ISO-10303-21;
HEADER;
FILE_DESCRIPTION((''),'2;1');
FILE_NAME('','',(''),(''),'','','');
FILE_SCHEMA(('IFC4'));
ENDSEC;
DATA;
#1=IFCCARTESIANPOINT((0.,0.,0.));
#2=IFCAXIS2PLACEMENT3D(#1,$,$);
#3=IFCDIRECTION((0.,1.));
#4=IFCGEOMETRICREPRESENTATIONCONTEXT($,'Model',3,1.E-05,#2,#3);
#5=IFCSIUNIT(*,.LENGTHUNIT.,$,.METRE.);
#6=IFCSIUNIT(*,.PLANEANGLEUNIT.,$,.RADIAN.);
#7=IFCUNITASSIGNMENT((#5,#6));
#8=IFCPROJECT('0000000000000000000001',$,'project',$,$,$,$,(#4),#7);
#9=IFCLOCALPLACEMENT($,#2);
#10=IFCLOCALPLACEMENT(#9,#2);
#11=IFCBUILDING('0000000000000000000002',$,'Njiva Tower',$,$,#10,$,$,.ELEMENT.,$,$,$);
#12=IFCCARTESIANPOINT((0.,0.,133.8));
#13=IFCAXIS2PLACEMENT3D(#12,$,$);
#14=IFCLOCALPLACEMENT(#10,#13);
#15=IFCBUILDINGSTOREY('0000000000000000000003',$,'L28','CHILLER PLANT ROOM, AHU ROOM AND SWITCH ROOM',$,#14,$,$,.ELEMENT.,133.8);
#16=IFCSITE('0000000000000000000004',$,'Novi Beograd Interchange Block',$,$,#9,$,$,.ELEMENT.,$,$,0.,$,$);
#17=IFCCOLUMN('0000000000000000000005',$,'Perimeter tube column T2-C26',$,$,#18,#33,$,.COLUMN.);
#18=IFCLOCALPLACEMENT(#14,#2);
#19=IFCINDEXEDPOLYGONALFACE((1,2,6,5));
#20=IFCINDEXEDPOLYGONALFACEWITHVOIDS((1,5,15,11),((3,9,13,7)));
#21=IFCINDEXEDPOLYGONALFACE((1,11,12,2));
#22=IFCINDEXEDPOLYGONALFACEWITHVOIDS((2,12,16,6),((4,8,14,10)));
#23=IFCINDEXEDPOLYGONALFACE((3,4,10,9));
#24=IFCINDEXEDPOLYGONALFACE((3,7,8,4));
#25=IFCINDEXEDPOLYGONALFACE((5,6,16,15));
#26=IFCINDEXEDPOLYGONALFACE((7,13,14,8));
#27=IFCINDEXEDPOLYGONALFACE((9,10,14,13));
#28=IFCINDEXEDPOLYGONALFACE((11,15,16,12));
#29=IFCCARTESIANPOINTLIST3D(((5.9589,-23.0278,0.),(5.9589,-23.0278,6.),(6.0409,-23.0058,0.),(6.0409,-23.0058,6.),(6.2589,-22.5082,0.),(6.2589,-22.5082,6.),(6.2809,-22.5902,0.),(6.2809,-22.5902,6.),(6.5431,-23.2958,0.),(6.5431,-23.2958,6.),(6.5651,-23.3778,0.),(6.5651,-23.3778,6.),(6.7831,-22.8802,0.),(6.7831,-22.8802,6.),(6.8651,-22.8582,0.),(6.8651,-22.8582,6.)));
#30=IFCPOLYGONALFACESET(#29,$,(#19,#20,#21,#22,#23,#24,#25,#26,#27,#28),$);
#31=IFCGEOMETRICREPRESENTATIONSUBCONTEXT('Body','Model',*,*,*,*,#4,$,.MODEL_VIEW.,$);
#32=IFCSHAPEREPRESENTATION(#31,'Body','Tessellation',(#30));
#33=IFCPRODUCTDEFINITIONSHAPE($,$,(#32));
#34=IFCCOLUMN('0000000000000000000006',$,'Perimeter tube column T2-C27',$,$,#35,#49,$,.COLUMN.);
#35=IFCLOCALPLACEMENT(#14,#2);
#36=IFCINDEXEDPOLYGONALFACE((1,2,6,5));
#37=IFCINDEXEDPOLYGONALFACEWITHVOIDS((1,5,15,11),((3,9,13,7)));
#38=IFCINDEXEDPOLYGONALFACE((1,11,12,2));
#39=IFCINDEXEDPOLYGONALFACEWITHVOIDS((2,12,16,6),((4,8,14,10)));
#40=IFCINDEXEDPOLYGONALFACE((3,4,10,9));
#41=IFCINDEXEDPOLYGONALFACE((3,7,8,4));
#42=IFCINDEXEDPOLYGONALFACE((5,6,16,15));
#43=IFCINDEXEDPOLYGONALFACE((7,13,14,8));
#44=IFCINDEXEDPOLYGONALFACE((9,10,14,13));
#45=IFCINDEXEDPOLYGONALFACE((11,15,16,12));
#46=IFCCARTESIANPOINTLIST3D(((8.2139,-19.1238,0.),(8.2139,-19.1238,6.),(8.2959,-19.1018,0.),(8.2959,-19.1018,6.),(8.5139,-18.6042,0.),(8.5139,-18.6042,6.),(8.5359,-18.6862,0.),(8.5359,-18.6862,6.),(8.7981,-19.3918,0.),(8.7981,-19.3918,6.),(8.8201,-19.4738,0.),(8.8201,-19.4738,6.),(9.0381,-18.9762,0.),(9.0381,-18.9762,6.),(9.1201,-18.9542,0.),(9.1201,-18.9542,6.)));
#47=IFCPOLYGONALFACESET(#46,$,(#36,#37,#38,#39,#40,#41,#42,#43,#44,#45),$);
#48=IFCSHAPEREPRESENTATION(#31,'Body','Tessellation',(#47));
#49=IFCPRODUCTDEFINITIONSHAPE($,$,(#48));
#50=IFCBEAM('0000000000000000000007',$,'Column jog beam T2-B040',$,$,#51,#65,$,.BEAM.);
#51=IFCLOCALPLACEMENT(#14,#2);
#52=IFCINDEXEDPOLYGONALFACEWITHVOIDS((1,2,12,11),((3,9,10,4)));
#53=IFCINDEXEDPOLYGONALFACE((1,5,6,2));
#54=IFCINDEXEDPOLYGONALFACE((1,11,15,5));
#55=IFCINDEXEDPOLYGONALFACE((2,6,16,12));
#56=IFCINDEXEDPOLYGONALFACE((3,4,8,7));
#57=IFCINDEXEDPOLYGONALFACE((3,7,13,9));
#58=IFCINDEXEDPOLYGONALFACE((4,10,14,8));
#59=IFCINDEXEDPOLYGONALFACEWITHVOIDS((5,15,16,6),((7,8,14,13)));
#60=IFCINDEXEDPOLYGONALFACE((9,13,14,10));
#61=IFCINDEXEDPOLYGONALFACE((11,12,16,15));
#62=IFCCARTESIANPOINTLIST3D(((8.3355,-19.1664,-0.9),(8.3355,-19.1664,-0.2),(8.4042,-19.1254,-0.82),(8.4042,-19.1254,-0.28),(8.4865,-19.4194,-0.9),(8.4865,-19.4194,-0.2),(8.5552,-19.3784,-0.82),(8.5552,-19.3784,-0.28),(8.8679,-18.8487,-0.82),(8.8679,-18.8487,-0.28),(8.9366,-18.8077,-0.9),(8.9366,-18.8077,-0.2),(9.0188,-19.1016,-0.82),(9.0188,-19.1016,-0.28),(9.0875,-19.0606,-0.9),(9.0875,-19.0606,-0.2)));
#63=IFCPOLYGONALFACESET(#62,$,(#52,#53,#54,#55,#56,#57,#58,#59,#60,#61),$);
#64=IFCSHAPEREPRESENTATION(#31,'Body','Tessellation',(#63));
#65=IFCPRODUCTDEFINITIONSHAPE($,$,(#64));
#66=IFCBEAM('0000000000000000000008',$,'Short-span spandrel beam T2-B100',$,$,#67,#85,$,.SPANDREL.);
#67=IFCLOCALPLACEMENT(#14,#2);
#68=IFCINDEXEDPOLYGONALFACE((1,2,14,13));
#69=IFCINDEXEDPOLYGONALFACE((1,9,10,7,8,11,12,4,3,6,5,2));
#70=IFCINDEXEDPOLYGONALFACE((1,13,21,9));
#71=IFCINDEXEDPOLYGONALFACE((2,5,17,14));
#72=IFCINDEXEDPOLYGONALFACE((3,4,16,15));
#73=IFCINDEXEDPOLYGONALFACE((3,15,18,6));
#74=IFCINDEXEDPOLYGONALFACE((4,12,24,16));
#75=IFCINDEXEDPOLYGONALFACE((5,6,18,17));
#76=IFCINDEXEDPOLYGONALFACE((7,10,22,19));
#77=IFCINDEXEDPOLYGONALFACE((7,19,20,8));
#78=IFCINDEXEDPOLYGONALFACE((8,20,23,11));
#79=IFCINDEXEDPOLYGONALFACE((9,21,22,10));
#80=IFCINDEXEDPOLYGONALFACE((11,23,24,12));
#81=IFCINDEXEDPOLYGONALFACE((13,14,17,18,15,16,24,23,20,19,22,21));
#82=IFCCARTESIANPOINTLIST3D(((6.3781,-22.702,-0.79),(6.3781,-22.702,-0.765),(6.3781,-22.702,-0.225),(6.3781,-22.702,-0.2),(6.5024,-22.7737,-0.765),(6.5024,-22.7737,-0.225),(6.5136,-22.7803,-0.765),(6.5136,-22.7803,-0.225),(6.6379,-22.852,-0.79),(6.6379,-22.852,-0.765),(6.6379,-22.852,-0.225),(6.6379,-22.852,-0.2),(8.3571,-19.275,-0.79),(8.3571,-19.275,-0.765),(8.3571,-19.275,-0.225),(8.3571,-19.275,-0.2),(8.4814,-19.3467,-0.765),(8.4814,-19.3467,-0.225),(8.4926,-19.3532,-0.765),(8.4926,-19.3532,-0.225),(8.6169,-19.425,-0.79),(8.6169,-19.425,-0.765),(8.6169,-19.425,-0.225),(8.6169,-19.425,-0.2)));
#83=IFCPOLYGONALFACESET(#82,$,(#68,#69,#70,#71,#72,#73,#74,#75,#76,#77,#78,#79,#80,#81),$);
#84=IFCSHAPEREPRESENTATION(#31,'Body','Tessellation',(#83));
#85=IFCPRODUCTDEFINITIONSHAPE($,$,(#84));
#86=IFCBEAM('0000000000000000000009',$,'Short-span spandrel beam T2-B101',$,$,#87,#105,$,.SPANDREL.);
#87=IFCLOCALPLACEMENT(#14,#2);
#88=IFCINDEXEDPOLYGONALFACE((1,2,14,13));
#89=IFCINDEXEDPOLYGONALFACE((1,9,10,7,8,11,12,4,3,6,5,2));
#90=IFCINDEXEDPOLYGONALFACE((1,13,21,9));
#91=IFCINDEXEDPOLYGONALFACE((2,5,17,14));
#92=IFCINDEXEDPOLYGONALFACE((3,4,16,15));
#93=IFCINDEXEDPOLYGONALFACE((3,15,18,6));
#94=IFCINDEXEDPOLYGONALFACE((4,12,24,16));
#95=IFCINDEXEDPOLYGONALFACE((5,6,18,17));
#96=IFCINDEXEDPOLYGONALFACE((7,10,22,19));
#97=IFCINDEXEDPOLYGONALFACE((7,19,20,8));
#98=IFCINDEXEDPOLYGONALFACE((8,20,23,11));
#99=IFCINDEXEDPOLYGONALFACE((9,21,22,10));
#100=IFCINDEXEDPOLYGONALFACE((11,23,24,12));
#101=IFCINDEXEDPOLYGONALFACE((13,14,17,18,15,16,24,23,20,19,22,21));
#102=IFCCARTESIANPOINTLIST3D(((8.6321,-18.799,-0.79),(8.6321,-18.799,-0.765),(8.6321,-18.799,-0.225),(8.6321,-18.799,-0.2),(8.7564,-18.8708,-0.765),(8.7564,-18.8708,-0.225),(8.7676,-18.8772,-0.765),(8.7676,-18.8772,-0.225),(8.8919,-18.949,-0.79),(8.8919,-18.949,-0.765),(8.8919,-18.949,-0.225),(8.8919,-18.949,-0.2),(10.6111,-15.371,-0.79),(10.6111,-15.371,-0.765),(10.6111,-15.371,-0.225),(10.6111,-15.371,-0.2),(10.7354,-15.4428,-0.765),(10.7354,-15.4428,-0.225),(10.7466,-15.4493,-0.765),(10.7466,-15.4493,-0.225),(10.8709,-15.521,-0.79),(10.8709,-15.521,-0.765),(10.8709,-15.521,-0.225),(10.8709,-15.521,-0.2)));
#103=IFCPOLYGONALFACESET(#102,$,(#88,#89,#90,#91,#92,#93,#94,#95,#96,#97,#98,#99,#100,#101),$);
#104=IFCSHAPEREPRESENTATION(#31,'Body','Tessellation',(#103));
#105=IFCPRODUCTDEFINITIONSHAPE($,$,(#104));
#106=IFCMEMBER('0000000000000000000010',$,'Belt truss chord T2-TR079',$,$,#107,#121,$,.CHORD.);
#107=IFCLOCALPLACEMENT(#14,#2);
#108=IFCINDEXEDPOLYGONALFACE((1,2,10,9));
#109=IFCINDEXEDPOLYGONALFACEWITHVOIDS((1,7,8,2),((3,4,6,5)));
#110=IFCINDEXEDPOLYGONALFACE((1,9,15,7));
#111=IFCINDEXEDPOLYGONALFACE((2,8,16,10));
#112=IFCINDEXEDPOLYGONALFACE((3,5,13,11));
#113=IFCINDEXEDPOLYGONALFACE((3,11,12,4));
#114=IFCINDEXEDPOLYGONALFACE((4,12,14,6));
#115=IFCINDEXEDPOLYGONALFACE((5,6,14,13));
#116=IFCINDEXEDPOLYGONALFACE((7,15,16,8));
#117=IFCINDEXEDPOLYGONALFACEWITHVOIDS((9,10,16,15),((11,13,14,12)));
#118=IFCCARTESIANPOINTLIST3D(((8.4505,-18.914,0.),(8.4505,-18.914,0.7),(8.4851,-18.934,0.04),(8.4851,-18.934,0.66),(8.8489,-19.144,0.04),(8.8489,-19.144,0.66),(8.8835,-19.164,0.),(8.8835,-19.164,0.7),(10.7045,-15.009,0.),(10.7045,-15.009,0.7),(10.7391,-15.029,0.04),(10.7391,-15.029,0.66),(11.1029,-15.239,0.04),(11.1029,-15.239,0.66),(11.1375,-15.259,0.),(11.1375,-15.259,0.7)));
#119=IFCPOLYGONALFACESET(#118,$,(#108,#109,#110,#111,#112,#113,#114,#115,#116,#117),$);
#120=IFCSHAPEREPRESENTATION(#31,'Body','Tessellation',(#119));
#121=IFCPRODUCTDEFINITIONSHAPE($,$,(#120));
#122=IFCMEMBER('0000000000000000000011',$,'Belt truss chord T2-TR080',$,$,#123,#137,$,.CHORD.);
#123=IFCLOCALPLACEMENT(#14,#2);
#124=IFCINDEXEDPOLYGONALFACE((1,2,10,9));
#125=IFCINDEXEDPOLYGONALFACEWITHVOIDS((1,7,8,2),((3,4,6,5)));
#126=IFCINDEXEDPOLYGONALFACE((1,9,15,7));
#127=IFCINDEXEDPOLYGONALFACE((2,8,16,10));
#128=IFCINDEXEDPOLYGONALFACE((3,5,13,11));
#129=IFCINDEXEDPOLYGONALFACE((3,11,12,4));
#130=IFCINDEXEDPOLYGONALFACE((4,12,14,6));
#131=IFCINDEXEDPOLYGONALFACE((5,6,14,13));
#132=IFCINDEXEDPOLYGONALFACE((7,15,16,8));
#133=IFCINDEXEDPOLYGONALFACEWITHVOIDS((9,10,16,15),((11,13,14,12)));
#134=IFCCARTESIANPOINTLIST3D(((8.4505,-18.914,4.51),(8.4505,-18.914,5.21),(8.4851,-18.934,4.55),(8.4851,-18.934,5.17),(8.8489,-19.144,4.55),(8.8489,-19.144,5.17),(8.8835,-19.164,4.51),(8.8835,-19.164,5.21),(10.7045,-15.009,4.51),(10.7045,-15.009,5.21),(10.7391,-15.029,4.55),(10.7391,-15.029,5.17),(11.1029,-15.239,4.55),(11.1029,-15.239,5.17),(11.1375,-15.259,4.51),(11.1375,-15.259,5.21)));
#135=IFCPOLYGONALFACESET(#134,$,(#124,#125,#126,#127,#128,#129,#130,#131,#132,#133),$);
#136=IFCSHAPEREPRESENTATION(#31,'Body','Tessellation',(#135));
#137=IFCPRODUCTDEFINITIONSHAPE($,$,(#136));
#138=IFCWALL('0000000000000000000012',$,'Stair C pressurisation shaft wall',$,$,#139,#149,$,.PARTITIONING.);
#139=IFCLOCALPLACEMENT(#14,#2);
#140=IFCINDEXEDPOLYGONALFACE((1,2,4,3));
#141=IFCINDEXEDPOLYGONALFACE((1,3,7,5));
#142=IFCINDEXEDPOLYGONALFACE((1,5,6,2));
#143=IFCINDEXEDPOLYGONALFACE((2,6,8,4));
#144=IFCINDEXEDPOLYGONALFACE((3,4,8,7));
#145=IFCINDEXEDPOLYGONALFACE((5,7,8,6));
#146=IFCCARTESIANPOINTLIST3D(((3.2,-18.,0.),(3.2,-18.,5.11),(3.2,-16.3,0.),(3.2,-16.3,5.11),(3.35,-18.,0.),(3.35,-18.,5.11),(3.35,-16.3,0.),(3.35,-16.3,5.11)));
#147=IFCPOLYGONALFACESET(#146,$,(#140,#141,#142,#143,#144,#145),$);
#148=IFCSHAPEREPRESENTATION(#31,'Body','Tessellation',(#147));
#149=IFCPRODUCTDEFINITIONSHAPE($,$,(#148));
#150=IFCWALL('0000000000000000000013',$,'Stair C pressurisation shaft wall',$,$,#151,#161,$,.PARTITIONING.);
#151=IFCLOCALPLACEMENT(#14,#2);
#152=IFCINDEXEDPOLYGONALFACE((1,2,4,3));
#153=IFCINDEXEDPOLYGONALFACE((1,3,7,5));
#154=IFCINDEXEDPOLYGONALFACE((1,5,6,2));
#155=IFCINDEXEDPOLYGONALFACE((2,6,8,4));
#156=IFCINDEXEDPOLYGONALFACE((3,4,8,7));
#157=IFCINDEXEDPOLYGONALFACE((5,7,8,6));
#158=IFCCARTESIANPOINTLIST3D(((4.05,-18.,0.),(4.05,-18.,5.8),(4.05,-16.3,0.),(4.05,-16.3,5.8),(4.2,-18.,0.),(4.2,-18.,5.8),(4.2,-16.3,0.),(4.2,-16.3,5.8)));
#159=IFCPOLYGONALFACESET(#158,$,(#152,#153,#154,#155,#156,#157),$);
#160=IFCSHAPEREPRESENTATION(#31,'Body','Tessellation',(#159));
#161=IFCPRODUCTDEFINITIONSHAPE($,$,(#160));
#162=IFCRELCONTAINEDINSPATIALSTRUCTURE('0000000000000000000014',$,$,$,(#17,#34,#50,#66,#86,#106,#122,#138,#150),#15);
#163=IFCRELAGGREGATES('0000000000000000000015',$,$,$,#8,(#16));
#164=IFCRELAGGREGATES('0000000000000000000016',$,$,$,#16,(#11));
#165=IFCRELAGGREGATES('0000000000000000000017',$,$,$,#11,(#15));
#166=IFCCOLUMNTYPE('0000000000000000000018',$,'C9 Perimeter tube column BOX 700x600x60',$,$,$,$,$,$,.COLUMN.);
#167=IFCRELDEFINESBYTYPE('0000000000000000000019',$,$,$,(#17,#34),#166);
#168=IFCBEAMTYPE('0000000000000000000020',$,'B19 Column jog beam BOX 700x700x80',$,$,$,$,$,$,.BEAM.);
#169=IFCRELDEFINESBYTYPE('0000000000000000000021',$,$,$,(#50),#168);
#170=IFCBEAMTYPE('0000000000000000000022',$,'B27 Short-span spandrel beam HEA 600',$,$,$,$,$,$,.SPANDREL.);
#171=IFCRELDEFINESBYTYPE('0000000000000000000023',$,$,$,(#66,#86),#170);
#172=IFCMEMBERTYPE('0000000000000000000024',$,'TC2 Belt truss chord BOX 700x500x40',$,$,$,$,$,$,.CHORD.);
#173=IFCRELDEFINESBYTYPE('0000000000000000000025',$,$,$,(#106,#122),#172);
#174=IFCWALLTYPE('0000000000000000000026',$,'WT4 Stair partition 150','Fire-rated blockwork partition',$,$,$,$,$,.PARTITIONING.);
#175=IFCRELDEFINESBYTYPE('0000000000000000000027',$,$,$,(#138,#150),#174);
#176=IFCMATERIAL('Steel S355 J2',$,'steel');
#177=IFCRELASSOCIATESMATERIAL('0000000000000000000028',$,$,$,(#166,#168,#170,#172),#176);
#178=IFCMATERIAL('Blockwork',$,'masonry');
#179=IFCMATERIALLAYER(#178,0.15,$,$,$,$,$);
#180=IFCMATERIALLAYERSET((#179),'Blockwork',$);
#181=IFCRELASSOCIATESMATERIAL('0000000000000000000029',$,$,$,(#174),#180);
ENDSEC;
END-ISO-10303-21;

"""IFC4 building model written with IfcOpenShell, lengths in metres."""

from ifc_helpers import new_model, si_unit, direction, frame, frame_2d, origin, origin_2d, place, context, subcontext, project, spatial, rectangle, hollow_rectangle, i_section, extrude, material, layer, layer_set, material_profile, profile_set, type_object, element, save


model = new_model("IFC4")

# Units and contexts
model_context = context("Model", 3, precision=1e-05, world=origin(), true_north=direction((0.0, 1.0)))
body_context = subcontext(model_context, "Body", "Model", "MODEL_VIEW")
ifc_project = project(units=[si_unit("LENGTHUNIT", "METRE"), si_unit("PLANEANGLEUNIT", "RADIAN")], contexts=[model_context])

# Site, building, storey
site_placement = place(None, origin())
site = spatial("IfcSite", under=ifc_project, at=site_placement, Name="Novi Beograd Interchange Block", CompositionType="ELEMENT", RefElevation=0.0)
building_placement = place(site_placement, origin())
building = spatial("IfcBuilding", under=site, at=building_placement, Name="Njiva Tower", CompositionType="ELEMENT")
storey_placement = place(building_placement, frame((0.0, 0.0, 133.8)))
storey = spatial("IfcBuildingStorey", under=building, at=storey_placement, Name="L28", Description="CHILLER PLANT ROOM, AHU ROOM AND SWITCH ROOM", CompositionType="ELEMENT", Elevation=133.8)

# Columns
ifc_material_1 = material(Name="Steel S355 J2", Category="steel")
ifc_material_profile_1 = material_profile(ifc_material_1, hollow_rectangle(XDim=0.6, YDim=0.7, WallThickness=0.06, at=origin_2d()), Name="BOX 700x600x60")
ifc_profile_set_1 = profile_set([ifc_material_profile_1], Name="Steel S355 J2")
column_type = type_object("IfcColumnType", Name="C9 Perimeter tube column BOX 700x600x60", PredefinedType="COLUMN", material=ifc_profile_set_1)
for number, where, z_axis, x_axis, name in (
    (1, (6.412, -22.943, 0.0), (0.0, 0.0, 1.0), (0.5, 0.866025, 0.0), "Perimeter tube column T2-C26"),
    (2, (8.667, -19.039, 0.0), (0.0, 0.0, 1.0), (0.5, 0.866025, 0.0), "Perimeter tube column T2-C27"),
):
    element("IfcColumn", number, at=place(storey_placement, frame(where, z_axis=z_axis, x_axis=x_axis)), inside=storey, type_object=column_type, Name=name, PredefinedType="COLUMN", context=body_context, shape_type="SweptSolid", body=[
        extrude(hollow_rectangle(XDim=0.6, YDim=0.7, WallThickness=0.06, at=origin_2d()), origin(), (0.0, 0.0, 1.0), 6.0),
    ])

# Beams
ifc_material_profile_2 = material_profile(ifc_material_1, hollow_rectangle(XDim=0.7, YDim=0.7, WallThickness=0.08, at=origin_2d()), Name="BOX 700x700x80")
ifc_profile_set_2 = profile_set([ifc_material_profile_2], Name="Steel S355 J2")
beam_type_1 = type_object("IfcBeamType", Name="B19 Column jog beam BOX 700x700x80", PredefinedType="BEAM", material=ifc_profile_set_2)
beam_1_placement = place(storey_placement, frame((8.787, -19.24, -0.55), z_axis=(-0.512498, 0.858688, 0.0), x_axis=(-0.858688, -0.512498, 0.0)))
element("IfcBeam", 3, at=beam_1_placement, inside=storey, type_object=beam_type_1, Name="Column jog beam T2-B040", PredefinedType="BEAM", context=body_context, shape_type="SweptSolid", body=[
    extrude(hollow_rectangle(XDim=0.7, YDim=0.7, WallThickness=0.08, at=origin_2d()), origin(), (0.0, 0.0, 1.0), 0.2946),
])
ifc_material_profile_3 = material_profile(ifc_material_1, i_section(OverallWidth=0.3, OverallDepth=0.59, WebThickness=0.013, FlangeThickness=0.025, at=origin_2d()), Name="HEA 600")
ifc_profile_set_3 = profile_set([ifc_material_profile_3], Name="Steel S355 J2")
beam_type_2 = type_object("IfcBeamType", Name="B27 Short-span spandrel beam HEA 600", PredefinedType="SPANDREL", material=ifc_profile_set_3)
beam_2_placement = place(storey_placement, frame((6.508, -22.777, -0.495), z_axis=(0.50008, 0.865979, 0.0), x_axis=(-0.865979, 0.50008, 0.0)))
element("IfcBeam", 4, at=beam_2_placement, inside=storey, type_object=beam_type_2, Name="Short-span spandrel beam T2-B100", PredefinedType="SPANDREL", context=body_context, shape_type="SweptSolid", body=[
    extrude(i_section(OverallWidth=0.3, OverallDepth=0.59, WebThickness=0.013, FlangeThickness=0.025, at=origin_2d()), origin(), (0.0, 0.0, 1.0), 3.9574),
])
beam_3_placement = place(storey_placement, frame((8.762, -18.874, -0.495), z_axis=(0.49997, 0.866043, 0.0), x_axis=(-0.866043, 0.49997, 0.0)))
element("IfcBeam", 5, at=beam_3_placement, inside=storey, type_object=beam_type_2, Name="Short-span spandrel beam T2-B101", PredefinedType="SPANDREL", context=body_context, shape_type="SweptSolid", body=[
    extrude(i_section(OverallWidth=0.3, OverallDepth=0.59, WebThickness=0.013, FlangeThickness=0.025, at=origin_2d()), origin(), (0.0, 0.0, 1.0), 3.9582),
])

# Members
ifc_material_profile_4 = material_profile(ifc_material_1, hollow_rectangle(XDim=0.5, YDim=0.7, WallThickness=0.04, at=origin_2d()), Name="BOX 700x500x40")
ifc_profile_set_4 = profile_set([ifc_material_profile_4], Name="Steel S355 J2")
member_type_1 = type_object("IfcMemberType", Name="TC2 Belt truss chord BOX 700x500x40", PredefinedType="CHORD", material=ifc_profile_set_4)
for number, where, z_axis, x_axis, name in (
    (6, (8.667, -19.039, 0.35), (0.499908, 0.866078, 0.0), (-0.866078, 0.499908, 0.0), "Belt truss chord T2-TR079"),
    (7, (8.667, -19.039, 4.86), (0.499908, 0.866078, 0.0), (-0.866078, 0.499908, 0.0), "Belt truss chord T2-TR080"),
):
    element("IfcMember", number, at=place(storey_placement, frame(where, z_axis=z_axis, x_axis=x_axis)), inside=storey, type_object=member_type_1, Name=name, PredefinedType="CHORD", context=body_context, shape_type="SweptSolid", body=[
        extrude(hollow_rectangle(XDim=0.5, YDim=0.7, WallThickness=0.04, at=origin_2d()), origin(), (0.0, 0.0, 1.0), 4.5088),
    ])

# Walls
ifc_material_2 = material(Name="Blockwork", Category="masonry")
ifc_layer_1 = layer(ifc_material_2, 0.15)
ifc_layer_set_1 = layer_set([ifc_layer_1], Name="Blockwork")
wall_type_1 = type_object("IfcWallType", Name="WT4 Stair partition 150", Description="Fire-rated blockwork partition", PredefinedType="PARTITIONING", material=ifc_layer_set_1)
wall_1_placement = place(storey_placement, frame((3.275, -18.0, 0.0), z_axis=(0.0, 0.0, 1.0), x_axis=(0.0, 1.0, 0.0)))
element("IfcWall", 8, at=wall_1_placement, inside=storey, type_object=wall_type_1, Name="Stair C pressurisation shaft wall", PredefinedType="PARTITIONING", context=body_context, shape_type="SweptSolid", body=[
    extrude(rectangle(XDim=1.7, YDim=0.15, at=frame_2d((0.85, 0.0))), origin(), (0.0, 0.0, 1.0), 5.11),
])
wall_2_placement = place(storey_placement, frame((4.125, -18.0, 0.0), z_axis=(0.0, 0.0, 1.0), x_axis=(0.0, 1.0, 0.0)))
element("IfcWall", 9, at=wall_2_placement, inside=storey, type_object=wall_type_1, Name="Stair C pressurisation shaft wall", PredefinedType="PARTITIONING", context=body_context, shape_type="SweptSolid", body=[
    extrude(rectangle(XDim=1.7, YDim=0.15, at=frame_2d((0.85, 0.0))), origin(), (0.0, 0.0, 1.0), 5.8),
])

save(model, "model.ifc")
